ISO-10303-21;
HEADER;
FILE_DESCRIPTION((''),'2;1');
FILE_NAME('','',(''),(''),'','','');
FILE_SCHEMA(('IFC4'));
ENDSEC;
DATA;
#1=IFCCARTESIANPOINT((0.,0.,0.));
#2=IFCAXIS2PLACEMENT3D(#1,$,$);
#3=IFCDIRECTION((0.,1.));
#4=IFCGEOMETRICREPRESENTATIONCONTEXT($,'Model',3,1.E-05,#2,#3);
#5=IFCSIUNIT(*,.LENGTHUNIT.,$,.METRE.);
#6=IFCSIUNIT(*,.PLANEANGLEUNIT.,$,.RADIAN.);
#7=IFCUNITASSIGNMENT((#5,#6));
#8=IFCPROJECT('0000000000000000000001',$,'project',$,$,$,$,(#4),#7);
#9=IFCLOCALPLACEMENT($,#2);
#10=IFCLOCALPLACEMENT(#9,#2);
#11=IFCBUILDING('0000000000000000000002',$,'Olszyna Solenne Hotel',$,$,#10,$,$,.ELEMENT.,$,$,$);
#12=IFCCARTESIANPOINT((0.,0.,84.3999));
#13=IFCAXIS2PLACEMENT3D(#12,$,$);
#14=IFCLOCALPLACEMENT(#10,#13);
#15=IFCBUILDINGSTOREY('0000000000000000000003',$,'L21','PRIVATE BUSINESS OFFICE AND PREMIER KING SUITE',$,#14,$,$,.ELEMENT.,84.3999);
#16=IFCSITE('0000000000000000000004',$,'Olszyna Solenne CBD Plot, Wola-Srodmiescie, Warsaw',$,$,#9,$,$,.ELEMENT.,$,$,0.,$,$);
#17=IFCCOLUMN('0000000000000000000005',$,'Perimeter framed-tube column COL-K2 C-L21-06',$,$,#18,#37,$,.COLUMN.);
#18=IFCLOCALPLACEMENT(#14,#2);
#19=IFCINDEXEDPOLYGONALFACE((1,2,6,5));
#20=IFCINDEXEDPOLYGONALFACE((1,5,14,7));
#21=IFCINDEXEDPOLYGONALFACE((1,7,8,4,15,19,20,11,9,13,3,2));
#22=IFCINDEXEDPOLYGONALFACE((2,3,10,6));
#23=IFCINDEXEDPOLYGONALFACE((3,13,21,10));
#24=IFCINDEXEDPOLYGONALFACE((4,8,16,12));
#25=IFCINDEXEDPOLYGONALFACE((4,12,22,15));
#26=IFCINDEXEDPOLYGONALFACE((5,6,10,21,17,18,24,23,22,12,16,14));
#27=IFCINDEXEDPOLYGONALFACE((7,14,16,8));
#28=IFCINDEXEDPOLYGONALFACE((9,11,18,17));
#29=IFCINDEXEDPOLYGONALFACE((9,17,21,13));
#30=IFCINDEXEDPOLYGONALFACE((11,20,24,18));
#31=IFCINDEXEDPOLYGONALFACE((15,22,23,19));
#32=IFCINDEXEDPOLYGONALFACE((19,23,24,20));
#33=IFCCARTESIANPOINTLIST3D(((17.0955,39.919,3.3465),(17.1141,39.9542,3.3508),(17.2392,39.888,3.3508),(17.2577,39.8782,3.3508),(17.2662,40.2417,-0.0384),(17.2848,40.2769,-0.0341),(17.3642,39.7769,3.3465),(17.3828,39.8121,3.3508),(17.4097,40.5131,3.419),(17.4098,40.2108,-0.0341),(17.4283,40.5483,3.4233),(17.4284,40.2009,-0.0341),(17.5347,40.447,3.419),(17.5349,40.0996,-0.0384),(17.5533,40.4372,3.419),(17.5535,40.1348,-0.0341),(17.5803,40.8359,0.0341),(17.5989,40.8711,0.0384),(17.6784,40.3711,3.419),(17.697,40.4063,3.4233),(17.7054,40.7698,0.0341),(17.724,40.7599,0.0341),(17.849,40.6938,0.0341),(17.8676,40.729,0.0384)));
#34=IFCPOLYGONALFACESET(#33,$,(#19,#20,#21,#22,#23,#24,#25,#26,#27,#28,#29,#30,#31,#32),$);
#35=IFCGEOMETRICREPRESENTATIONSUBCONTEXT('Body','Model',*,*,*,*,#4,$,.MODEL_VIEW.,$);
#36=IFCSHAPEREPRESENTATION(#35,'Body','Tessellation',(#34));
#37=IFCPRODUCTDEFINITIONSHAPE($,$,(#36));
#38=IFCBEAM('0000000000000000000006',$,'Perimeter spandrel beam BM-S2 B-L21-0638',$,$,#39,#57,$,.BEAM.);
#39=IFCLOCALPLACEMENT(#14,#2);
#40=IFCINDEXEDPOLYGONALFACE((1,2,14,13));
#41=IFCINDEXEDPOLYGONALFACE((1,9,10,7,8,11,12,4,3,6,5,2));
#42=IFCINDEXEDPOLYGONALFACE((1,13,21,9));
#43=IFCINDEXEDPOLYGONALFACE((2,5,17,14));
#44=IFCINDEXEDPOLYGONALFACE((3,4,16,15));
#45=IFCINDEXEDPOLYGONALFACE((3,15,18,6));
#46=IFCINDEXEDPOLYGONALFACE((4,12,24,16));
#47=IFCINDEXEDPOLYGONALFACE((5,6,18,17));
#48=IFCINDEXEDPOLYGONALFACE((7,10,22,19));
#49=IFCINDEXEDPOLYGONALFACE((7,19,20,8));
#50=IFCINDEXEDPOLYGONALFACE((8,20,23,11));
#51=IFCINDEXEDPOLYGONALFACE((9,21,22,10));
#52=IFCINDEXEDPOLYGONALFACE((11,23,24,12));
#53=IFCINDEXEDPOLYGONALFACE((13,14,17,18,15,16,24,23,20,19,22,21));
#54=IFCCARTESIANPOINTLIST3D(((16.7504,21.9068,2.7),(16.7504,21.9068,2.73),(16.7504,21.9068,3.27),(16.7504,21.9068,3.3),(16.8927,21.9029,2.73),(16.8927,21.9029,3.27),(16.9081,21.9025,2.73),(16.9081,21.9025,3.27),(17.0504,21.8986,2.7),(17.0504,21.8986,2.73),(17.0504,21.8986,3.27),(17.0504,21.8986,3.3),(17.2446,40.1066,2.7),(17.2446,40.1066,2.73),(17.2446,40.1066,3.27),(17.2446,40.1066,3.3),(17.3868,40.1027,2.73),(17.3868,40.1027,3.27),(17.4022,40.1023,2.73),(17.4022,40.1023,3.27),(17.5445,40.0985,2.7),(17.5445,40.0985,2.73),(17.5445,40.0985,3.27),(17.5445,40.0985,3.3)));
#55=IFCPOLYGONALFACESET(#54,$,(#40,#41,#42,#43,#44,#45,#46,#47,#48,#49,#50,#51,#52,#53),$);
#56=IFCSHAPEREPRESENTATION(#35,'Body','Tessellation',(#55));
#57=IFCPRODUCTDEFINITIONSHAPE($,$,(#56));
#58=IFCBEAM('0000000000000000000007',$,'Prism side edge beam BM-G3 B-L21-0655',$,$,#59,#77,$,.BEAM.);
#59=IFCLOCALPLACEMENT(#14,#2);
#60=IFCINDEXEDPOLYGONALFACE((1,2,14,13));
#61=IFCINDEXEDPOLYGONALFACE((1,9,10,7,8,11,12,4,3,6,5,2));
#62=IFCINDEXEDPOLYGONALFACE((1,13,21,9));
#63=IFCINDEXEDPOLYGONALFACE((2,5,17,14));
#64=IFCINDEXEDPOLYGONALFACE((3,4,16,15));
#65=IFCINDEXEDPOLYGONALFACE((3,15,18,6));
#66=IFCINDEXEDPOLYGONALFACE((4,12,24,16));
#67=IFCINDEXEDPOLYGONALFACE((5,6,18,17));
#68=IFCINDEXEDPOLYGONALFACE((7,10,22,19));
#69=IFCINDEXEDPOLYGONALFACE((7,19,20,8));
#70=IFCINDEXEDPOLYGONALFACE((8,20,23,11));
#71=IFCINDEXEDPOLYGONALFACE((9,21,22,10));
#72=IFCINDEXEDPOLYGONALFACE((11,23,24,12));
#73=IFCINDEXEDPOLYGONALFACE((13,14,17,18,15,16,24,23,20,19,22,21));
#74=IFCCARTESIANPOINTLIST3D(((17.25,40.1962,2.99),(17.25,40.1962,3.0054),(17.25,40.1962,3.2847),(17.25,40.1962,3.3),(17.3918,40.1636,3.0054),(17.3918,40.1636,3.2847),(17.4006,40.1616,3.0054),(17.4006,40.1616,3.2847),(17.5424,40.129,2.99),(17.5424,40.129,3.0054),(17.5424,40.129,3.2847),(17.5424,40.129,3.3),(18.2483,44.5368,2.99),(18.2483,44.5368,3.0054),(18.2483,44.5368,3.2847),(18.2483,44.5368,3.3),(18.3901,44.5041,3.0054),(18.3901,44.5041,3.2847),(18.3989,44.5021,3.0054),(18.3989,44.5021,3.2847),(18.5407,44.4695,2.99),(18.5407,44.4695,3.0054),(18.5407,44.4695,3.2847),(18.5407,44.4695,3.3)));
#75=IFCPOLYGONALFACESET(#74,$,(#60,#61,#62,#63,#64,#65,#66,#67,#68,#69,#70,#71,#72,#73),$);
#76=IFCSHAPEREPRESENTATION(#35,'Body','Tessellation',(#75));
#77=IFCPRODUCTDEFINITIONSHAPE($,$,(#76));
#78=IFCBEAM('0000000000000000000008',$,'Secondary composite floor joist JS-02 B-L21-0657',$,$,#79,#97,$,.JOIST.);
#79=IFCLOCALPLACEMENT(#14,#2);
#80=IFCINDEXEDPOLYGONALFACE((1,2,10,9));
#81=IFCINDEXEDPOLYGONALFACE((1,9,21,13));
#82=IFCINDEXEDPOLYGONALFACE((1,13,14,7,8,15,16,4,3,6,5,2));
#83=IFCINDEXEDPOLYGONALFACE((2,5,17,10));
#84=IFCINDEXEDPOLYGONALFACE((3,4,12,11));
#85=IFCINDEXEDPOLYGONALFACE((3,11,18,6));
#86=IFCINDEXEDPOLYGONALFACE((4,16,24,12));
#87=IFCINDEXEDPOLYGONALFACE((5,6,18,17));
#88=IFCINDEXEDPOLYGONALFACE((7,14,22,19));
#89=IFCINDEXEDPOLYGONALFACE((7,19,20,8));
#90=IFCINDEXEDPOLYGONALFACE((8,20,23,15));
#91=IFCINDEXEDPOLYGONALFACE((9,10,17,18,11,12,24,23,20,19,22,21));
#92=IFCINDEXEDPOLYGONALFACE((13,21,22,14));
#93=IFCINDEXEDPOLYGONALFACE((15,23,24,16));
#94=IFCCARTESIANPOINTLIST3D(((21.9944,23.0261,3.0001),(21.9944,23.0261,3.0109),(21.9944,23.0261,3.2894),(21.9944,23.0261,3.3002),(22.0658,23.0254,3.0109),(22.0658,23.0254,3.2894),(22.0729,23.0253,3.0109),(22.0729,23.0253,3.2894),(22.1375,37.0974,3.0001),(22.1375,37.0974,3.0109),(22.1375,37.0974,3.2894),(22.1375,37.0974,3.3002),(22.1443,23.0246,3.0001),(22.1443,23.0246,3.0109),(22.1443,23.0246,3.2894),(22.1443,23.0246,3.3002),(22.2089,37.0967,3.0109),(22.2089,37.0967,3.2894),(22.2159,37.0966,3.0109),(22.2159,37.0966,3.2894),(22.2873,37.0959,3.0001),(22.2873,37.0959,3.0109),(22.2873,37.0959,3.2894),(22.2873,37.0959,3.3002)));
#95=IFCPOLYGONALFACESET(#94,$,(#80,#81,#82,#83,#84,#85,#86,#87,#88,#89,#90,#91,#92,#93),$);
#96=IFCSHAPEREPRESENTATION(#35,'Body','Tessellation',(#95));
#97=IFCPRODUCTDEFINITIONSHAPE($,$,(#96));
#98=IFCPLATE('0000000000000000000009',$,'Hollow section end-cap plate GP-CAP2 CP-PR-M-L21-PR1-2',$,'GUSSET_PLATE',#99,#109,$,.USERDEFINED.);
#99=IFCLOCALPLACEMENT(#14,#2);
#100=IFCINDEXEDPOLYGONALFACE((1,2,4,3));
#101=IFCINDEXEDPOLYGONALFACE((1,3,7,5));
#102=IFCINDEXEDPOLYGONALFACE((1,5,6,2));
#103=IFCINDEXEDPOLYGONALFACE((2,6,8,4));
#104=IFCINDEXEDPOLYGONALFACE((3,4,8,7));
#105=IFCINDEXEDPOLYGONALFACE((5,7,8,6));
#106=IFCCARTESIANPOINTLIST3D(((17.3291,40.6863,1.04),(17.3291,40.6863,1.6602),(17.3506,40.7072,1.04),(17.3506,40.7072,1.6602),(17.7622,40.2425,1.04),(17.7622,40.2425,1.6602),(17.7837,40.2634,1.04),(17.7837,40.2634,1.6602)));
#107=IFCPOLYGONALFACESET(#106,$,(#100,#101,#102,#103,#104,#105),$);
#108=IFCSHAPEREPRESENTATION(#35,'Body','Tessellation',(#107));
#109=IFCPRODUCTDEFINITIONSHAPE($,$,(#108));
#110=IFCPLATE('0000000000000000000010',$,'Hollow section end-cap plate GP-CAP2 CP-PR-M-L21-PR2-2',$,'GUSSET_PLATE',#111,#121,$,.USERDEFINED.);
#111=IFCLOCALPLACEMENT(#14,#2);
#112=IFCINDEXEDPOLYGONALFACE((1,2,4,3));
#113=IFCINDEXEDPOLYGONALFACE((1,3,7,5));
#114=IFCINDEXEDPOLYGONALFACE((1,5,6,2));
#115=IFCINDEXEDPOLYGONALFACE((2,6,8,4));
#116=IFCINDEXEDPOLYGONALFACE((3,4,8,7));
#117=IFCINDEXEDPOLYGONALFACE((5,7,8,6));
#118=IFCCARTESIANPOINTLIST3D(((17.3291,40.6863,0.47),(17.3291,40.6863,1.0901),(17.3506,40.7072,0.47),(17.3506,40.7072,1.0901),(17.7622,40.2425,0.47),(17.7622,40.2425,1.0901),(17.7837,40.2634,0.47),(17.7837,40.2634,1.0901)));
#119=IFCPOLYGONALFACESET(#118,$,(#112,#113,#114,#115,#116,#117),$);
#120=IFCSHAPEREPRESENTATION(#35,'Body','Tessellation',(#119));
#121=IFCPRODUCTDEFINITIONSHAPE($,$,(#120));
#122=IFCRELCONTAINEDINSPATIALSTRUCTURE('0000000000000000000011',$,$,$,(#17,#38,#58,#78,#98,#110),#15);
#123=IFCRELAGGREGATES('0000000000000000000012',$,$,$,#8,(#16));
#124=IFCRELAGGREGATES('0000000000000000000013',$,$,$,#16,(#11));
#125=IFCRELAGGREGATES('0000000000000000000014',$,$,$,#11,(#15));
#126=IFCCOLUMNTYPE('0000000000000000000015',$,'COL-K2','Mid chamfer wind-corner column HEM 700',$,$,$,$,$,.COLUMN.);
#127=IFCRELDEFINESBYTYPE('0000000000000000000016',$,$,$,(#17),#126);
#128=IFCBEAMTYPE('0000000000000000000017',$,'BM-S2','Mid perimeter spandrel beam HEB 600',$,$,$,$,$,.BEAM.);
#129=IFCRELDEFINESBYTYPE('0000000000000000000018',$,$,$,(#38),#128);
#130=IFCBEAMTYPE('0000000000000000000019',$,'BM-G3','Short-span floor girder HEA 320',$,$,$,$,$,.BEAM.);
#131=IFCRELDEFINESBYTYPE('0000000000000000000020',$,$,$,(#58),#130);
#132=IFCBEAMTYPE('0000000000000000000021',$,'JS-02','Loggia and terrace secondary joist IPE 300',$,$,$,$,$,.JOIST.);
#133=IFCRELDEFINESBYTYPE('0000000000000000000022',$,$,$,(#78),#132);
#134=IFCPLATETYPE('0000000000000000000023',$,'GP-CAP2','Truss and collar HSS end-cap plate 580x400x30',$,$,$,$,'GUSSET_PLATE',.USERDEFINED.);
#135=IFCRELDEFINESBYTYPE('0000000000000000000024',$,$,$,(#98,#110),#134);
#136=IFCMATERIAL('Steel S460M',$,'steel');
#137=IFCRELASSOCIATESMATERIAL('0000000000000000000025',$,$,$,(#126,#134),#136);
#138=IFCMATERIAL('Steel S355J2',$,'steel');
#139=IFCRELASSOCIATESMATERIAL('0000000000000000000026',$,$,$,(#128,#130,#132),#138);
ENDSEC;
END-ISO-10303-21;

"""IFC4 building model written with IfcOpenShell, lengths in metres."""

from ifc_helpers import new_model, si_unit, direction, frame, origin, origin_2d, place, context, subcontext, project, spatial, rectangle, i_section, extrude, source, transform, mapped, material, material_profile, profile_set, type_object, element, save


model = new_model("IFC4")

# Units and contexts
model_context = context("Model", 3, precision=1e-05, world=origin(), true_north=direction((0.0, 1.0)))
body_context = subcontext(model_context, "Body", "Model", "MODEL_VIEW")
ifc_project = project(units=[si_unit("LENGTHUNIT", "METRE"), si_unit("PLANEANGLEUNIT", "RADIAN")], contexts=[model_context])

# Site, building, storey
site_placement = place(None, origin())
site = spatial("IfcSite", under=ifc_project, at=site_placement, Name="Olszyna Solenne CBD Plot, Wola-Srodmiescie, Warsaw", CompositionType="ELEMENT", RefElevation=0.0)
building_placement = place(site_placement, origin())
building = spatial("IfcBuilding", under=site, at=building_placement, Name="Olszyna Solenne Hotel", CompositionType="ELEMENT")
storey_placement = place(building_placement, frame((0.0, 0.0, 84.3999)))
storey = spatial("IfcBuildingStorey", under=building, at=storey_placement, Name="L21", Description="PRIVATE BUSINESS OFFICE AND PREMIER KING SUITE", CompositionType="ELEMENT", Elevation=84.3999)

# Column
ifc_material_1 = material(Name="Steel S460M", Category="steel")
ifc_material_profile_1 = material_profile(ifc_material_1, i_section(OverallWidth=0.304, OverallDepth=0.7161, WebThickness=0.021, FlangeThickness=0.04, at=origin_2d()), Name="HEM 700", Category="load-bearing")
ifc_profile_set_1 = profile_set([ifc_material_profile_1], Name="Steel S460M")
column_type = type_object("IfcColumnType", Name="COL-K2", Description="Mid chamfer wind-corner column HEM 700", PredefinedType="COLUMN", material=ifc_profile_set_1)
shared_shape_1 = source(origin(), body_context, "Body", "SweptSolid", [
    extrude(i_section(OverallWidth=0.304, OverallDepth=0.7161, WebThickness=0.021, FlangeThickness=0.04, at=origin_2d()), origin(), (0.0, 0.0, 1.0), 3.4045),
])
column_placement = place(storey_placement, frame((17.5669, 40.4854, 0.0), z_axis=(-0.050124, -0.094798, 0.994234), x_axis=(0.884032, -0.467427, 0.0)))
element("IfcColumn", 1, at=column_placement, inside=storey, type_object=column_type, Name="Perimeter framed-tube column COL-K2 C-L21-06", PredefinedType="COLUMN", context=body_context, shape_type="MappedRepresentation", body=[
    mapped(shared_shape_1, transform((0.0, 0.0, 0.0), x_axis=(1.0, 0.0, 0.0), y_axis=(0.0, 1.0, 0.0), z_axis=(0.0, 0.0, 1.0), scale=1.0)),
])

# Beams
ifc_material_2 = material(Name="Steel S355J2", Category="steel")
ifc_material_profile_2 = material_profile(ifc_material_2, i_section(OverallWidth=0.3, OverallDepth=0.6001, WebThickness=0.0154, FlangeThickness=0.03, at=origin_2d()), Name="HEB 600", Category="load-bearing")
ifc_profile_set_2 = profile_set([ifc_material_profile_2], Name="Steel S355J2")
beam_type_1 = type_object("IfcBeamType", Name="BM-S2", Description="Mid perimeter spandrel beam HEB 600", PredefinedType="BEAM", material=ifc_profile_set_2)
shared_shape_2 = source(origin(), body_context, "Body", "SweptSolid", [
    extrude(i_section(OverallWidth=0.3, OverallDepth=0.6001, WebThickness=0.0154, FlangeThickness=0.03, at=origin_2d()), origin(), (0.0, 0.0, 1.0), 18.2065),
])
beam_1_placement = place(storey_placement, frame((17.3945, 40.1025, 3.0), z_axis=(-0.027141, -0.999632, 0.0), x_axis=(0.999632, -0.027141, 0.0)))
element("IfcBeam", 2, at=beam_1_placement, inside=storey, type_object=beam_type_1, Name="Perimeter spandrel beam BM-S2 B-L21-0638", PredefinedType="BEAM", context=body_context, shape_type="MappedRepresentation", body=[
    mapped(shared_shape_2, transform((0.0, 0.0, 0.0), x_axis=(1.0, 0.0, 0.0), y_axis=(0.0, 1.0, 0.0), z_axis=(0.0, 0.0, 1.0), scale=1.0)),
])
ifc_material_profile_3 = material_profile(ifc_material_2, i_section(OverallWidth=0.3, OverallDepth=0.3101, WebThickness=0.009, FlangeThickness=0.0154, at=origin_2d()), Name="HEA 320", Category="load-bearing")
ifc_profile_set_3 = profile_set([ifc_material_profile_3], Name="Steel S355J2")
beam_type_2 = type_object("IfcBeamType", Name="BM-G3", Description="Short-span floor girder HEA 320", PredefinedType="BEAM", material=ifc_profile_set_3)
shared_shape_3 = source(origin(), body_context, "Body", "SweptSolid", [
    extrude(i_section(OverallWidth=0.3, OverallDepth=0.3101, WebThickness=0.009, FlangeThickness=0.0154, at=origin_2d()), origin(), (0.0, 0.0, 1.0), 4.4539),
])
beam_2_placement = place(storey_placement, frame((17.3962, 40.1626, 3.145), z_axis=(0.224139, 0.974557, 0.0), x_axis=(-0.974557, 0.224139, 0.0)))
element("IfcBeam", 3, at=beam_2_placement, inside=storey, type_object=beam_type_2, Name="Prism side edge beam BM-G3 B-L21-0655", PredefinedType="BEAM", context=body_context, shape_type="MappedRepresentation", body=[
    mapped(shared_shape_3, transform((0.0, 0.0, 0.0), x_axis=(1.0, 0.0, 0.0), y_axis=(0.0, 1.0, 0.0), z_axis=(0.0, 0.0, 1.0), scale=1.0)),
])
ifc_material_profile_4 = material_profile(ifc_material_2, i_section(OverallWidth=0.1499, OverallDepth=0.3, WebThickness=0.0071, FlangeThickness=0.0107, at=origin_2d()), Name="IPE 300", Category="load-bearing")
ifc_profile_set_4 = profile_set([ifc_material_profile_4], Name="Steel S355J2")
beam_type_3 = type_object("IfcBeamType", Name="JS-02", Description="Loggia and terrace secondary joist IPE 300", PredefinedType="JOIST", material=ifc_profile_set_4)
shared_shape_4 = source(origin(), body_context, "Body", "SweptSolid", [
    extrude(i_section(OverallWidth=0.1499, OverallDepth=0.3, WebThickness=0.0071, FlangeThickness=0.0107, at=origin_2d()), origin(), (0.0, 0.0, 1.0), 14.072),
])
beam_3_placement = place(storey_placement, frame((22.2124, 37.0967, 3.1501), z_axis=(-0.010167, -0.999948, 0.0), x_axis=(0.999948, -0.010167, 0.0)))
element("IfcBeam", 4, at=beam_3_placement, inside=storey, type_object=beam_type_3, Name="Secondary composite floor joist JS-02 B-L21-0657", PredefinedType="JOIST", context=body_context, shape_type="MappedRepresentation", body=[
    mapped(shared_shape_4, transform((0.0, 0.0, 0.0), x_axis=(1.0, 0.0, 0.0), y_axis=(0.0, 1.0, 0.0), z_axis=(0.0, 0.0, 1.0), scale=1.0)),
])

# Plates
plate_type = type_object("IfcPlateType", Name="GP-CAP2", Description="Truss and collar HSS end-cap plate 580x400x30", ElementType="GUSSET_PLATE", PredefinedType="USERDEFINED", material=ifc_material_1)
shared_shape_5 = source(origin(), body_context, "Body", "SweptSolid", [
    extrude(rectangle(XDim=0.03, YDim=0.6201, at=origin_2d()), origin(), (0.0, 0.0, 1.0), 0.6201),
])
for number, where, z_axis, x_axis, name in (
    (5, (17.5564, 40.4749, 1.04), (0.0, 0.0, 1.0), (-0.715693, -0.698415, 0.0), "Hollow section end-cap plate GP-CAP2 CP-PR-M-L21-PR1-2"),
    (6, (17.5564, 40.4749, 0.47), (0.0, 0.0, 1.0), (-0.715693, -0.698415, 0.0), "Hollow section end-cap plate GP-CAP2 CP-PR-M-L21-PR2-2"),
):
    element("IfcPlate", number, at=place(storey_placement, frame(where, z_axis=z_axis, x_axis=x_axis)), inside=storey, type_object=plate_type, Name=name, ObjectType="GUSSET_PLATE", PredefinedType="USERDEFINED", context=body_context, shape_type="MappedRepresentation", body=[
        mapped(shared_shape_5, transform((0.0, 0.0, 0.0), x_axis=(1.0, 0.0, 0.0), y_axis=(0.0, 1.0, 0.0), z_axis=(0.0, 0.0, 1.0), scale=1.0)),
    ])

save(model, "model.ifc")
